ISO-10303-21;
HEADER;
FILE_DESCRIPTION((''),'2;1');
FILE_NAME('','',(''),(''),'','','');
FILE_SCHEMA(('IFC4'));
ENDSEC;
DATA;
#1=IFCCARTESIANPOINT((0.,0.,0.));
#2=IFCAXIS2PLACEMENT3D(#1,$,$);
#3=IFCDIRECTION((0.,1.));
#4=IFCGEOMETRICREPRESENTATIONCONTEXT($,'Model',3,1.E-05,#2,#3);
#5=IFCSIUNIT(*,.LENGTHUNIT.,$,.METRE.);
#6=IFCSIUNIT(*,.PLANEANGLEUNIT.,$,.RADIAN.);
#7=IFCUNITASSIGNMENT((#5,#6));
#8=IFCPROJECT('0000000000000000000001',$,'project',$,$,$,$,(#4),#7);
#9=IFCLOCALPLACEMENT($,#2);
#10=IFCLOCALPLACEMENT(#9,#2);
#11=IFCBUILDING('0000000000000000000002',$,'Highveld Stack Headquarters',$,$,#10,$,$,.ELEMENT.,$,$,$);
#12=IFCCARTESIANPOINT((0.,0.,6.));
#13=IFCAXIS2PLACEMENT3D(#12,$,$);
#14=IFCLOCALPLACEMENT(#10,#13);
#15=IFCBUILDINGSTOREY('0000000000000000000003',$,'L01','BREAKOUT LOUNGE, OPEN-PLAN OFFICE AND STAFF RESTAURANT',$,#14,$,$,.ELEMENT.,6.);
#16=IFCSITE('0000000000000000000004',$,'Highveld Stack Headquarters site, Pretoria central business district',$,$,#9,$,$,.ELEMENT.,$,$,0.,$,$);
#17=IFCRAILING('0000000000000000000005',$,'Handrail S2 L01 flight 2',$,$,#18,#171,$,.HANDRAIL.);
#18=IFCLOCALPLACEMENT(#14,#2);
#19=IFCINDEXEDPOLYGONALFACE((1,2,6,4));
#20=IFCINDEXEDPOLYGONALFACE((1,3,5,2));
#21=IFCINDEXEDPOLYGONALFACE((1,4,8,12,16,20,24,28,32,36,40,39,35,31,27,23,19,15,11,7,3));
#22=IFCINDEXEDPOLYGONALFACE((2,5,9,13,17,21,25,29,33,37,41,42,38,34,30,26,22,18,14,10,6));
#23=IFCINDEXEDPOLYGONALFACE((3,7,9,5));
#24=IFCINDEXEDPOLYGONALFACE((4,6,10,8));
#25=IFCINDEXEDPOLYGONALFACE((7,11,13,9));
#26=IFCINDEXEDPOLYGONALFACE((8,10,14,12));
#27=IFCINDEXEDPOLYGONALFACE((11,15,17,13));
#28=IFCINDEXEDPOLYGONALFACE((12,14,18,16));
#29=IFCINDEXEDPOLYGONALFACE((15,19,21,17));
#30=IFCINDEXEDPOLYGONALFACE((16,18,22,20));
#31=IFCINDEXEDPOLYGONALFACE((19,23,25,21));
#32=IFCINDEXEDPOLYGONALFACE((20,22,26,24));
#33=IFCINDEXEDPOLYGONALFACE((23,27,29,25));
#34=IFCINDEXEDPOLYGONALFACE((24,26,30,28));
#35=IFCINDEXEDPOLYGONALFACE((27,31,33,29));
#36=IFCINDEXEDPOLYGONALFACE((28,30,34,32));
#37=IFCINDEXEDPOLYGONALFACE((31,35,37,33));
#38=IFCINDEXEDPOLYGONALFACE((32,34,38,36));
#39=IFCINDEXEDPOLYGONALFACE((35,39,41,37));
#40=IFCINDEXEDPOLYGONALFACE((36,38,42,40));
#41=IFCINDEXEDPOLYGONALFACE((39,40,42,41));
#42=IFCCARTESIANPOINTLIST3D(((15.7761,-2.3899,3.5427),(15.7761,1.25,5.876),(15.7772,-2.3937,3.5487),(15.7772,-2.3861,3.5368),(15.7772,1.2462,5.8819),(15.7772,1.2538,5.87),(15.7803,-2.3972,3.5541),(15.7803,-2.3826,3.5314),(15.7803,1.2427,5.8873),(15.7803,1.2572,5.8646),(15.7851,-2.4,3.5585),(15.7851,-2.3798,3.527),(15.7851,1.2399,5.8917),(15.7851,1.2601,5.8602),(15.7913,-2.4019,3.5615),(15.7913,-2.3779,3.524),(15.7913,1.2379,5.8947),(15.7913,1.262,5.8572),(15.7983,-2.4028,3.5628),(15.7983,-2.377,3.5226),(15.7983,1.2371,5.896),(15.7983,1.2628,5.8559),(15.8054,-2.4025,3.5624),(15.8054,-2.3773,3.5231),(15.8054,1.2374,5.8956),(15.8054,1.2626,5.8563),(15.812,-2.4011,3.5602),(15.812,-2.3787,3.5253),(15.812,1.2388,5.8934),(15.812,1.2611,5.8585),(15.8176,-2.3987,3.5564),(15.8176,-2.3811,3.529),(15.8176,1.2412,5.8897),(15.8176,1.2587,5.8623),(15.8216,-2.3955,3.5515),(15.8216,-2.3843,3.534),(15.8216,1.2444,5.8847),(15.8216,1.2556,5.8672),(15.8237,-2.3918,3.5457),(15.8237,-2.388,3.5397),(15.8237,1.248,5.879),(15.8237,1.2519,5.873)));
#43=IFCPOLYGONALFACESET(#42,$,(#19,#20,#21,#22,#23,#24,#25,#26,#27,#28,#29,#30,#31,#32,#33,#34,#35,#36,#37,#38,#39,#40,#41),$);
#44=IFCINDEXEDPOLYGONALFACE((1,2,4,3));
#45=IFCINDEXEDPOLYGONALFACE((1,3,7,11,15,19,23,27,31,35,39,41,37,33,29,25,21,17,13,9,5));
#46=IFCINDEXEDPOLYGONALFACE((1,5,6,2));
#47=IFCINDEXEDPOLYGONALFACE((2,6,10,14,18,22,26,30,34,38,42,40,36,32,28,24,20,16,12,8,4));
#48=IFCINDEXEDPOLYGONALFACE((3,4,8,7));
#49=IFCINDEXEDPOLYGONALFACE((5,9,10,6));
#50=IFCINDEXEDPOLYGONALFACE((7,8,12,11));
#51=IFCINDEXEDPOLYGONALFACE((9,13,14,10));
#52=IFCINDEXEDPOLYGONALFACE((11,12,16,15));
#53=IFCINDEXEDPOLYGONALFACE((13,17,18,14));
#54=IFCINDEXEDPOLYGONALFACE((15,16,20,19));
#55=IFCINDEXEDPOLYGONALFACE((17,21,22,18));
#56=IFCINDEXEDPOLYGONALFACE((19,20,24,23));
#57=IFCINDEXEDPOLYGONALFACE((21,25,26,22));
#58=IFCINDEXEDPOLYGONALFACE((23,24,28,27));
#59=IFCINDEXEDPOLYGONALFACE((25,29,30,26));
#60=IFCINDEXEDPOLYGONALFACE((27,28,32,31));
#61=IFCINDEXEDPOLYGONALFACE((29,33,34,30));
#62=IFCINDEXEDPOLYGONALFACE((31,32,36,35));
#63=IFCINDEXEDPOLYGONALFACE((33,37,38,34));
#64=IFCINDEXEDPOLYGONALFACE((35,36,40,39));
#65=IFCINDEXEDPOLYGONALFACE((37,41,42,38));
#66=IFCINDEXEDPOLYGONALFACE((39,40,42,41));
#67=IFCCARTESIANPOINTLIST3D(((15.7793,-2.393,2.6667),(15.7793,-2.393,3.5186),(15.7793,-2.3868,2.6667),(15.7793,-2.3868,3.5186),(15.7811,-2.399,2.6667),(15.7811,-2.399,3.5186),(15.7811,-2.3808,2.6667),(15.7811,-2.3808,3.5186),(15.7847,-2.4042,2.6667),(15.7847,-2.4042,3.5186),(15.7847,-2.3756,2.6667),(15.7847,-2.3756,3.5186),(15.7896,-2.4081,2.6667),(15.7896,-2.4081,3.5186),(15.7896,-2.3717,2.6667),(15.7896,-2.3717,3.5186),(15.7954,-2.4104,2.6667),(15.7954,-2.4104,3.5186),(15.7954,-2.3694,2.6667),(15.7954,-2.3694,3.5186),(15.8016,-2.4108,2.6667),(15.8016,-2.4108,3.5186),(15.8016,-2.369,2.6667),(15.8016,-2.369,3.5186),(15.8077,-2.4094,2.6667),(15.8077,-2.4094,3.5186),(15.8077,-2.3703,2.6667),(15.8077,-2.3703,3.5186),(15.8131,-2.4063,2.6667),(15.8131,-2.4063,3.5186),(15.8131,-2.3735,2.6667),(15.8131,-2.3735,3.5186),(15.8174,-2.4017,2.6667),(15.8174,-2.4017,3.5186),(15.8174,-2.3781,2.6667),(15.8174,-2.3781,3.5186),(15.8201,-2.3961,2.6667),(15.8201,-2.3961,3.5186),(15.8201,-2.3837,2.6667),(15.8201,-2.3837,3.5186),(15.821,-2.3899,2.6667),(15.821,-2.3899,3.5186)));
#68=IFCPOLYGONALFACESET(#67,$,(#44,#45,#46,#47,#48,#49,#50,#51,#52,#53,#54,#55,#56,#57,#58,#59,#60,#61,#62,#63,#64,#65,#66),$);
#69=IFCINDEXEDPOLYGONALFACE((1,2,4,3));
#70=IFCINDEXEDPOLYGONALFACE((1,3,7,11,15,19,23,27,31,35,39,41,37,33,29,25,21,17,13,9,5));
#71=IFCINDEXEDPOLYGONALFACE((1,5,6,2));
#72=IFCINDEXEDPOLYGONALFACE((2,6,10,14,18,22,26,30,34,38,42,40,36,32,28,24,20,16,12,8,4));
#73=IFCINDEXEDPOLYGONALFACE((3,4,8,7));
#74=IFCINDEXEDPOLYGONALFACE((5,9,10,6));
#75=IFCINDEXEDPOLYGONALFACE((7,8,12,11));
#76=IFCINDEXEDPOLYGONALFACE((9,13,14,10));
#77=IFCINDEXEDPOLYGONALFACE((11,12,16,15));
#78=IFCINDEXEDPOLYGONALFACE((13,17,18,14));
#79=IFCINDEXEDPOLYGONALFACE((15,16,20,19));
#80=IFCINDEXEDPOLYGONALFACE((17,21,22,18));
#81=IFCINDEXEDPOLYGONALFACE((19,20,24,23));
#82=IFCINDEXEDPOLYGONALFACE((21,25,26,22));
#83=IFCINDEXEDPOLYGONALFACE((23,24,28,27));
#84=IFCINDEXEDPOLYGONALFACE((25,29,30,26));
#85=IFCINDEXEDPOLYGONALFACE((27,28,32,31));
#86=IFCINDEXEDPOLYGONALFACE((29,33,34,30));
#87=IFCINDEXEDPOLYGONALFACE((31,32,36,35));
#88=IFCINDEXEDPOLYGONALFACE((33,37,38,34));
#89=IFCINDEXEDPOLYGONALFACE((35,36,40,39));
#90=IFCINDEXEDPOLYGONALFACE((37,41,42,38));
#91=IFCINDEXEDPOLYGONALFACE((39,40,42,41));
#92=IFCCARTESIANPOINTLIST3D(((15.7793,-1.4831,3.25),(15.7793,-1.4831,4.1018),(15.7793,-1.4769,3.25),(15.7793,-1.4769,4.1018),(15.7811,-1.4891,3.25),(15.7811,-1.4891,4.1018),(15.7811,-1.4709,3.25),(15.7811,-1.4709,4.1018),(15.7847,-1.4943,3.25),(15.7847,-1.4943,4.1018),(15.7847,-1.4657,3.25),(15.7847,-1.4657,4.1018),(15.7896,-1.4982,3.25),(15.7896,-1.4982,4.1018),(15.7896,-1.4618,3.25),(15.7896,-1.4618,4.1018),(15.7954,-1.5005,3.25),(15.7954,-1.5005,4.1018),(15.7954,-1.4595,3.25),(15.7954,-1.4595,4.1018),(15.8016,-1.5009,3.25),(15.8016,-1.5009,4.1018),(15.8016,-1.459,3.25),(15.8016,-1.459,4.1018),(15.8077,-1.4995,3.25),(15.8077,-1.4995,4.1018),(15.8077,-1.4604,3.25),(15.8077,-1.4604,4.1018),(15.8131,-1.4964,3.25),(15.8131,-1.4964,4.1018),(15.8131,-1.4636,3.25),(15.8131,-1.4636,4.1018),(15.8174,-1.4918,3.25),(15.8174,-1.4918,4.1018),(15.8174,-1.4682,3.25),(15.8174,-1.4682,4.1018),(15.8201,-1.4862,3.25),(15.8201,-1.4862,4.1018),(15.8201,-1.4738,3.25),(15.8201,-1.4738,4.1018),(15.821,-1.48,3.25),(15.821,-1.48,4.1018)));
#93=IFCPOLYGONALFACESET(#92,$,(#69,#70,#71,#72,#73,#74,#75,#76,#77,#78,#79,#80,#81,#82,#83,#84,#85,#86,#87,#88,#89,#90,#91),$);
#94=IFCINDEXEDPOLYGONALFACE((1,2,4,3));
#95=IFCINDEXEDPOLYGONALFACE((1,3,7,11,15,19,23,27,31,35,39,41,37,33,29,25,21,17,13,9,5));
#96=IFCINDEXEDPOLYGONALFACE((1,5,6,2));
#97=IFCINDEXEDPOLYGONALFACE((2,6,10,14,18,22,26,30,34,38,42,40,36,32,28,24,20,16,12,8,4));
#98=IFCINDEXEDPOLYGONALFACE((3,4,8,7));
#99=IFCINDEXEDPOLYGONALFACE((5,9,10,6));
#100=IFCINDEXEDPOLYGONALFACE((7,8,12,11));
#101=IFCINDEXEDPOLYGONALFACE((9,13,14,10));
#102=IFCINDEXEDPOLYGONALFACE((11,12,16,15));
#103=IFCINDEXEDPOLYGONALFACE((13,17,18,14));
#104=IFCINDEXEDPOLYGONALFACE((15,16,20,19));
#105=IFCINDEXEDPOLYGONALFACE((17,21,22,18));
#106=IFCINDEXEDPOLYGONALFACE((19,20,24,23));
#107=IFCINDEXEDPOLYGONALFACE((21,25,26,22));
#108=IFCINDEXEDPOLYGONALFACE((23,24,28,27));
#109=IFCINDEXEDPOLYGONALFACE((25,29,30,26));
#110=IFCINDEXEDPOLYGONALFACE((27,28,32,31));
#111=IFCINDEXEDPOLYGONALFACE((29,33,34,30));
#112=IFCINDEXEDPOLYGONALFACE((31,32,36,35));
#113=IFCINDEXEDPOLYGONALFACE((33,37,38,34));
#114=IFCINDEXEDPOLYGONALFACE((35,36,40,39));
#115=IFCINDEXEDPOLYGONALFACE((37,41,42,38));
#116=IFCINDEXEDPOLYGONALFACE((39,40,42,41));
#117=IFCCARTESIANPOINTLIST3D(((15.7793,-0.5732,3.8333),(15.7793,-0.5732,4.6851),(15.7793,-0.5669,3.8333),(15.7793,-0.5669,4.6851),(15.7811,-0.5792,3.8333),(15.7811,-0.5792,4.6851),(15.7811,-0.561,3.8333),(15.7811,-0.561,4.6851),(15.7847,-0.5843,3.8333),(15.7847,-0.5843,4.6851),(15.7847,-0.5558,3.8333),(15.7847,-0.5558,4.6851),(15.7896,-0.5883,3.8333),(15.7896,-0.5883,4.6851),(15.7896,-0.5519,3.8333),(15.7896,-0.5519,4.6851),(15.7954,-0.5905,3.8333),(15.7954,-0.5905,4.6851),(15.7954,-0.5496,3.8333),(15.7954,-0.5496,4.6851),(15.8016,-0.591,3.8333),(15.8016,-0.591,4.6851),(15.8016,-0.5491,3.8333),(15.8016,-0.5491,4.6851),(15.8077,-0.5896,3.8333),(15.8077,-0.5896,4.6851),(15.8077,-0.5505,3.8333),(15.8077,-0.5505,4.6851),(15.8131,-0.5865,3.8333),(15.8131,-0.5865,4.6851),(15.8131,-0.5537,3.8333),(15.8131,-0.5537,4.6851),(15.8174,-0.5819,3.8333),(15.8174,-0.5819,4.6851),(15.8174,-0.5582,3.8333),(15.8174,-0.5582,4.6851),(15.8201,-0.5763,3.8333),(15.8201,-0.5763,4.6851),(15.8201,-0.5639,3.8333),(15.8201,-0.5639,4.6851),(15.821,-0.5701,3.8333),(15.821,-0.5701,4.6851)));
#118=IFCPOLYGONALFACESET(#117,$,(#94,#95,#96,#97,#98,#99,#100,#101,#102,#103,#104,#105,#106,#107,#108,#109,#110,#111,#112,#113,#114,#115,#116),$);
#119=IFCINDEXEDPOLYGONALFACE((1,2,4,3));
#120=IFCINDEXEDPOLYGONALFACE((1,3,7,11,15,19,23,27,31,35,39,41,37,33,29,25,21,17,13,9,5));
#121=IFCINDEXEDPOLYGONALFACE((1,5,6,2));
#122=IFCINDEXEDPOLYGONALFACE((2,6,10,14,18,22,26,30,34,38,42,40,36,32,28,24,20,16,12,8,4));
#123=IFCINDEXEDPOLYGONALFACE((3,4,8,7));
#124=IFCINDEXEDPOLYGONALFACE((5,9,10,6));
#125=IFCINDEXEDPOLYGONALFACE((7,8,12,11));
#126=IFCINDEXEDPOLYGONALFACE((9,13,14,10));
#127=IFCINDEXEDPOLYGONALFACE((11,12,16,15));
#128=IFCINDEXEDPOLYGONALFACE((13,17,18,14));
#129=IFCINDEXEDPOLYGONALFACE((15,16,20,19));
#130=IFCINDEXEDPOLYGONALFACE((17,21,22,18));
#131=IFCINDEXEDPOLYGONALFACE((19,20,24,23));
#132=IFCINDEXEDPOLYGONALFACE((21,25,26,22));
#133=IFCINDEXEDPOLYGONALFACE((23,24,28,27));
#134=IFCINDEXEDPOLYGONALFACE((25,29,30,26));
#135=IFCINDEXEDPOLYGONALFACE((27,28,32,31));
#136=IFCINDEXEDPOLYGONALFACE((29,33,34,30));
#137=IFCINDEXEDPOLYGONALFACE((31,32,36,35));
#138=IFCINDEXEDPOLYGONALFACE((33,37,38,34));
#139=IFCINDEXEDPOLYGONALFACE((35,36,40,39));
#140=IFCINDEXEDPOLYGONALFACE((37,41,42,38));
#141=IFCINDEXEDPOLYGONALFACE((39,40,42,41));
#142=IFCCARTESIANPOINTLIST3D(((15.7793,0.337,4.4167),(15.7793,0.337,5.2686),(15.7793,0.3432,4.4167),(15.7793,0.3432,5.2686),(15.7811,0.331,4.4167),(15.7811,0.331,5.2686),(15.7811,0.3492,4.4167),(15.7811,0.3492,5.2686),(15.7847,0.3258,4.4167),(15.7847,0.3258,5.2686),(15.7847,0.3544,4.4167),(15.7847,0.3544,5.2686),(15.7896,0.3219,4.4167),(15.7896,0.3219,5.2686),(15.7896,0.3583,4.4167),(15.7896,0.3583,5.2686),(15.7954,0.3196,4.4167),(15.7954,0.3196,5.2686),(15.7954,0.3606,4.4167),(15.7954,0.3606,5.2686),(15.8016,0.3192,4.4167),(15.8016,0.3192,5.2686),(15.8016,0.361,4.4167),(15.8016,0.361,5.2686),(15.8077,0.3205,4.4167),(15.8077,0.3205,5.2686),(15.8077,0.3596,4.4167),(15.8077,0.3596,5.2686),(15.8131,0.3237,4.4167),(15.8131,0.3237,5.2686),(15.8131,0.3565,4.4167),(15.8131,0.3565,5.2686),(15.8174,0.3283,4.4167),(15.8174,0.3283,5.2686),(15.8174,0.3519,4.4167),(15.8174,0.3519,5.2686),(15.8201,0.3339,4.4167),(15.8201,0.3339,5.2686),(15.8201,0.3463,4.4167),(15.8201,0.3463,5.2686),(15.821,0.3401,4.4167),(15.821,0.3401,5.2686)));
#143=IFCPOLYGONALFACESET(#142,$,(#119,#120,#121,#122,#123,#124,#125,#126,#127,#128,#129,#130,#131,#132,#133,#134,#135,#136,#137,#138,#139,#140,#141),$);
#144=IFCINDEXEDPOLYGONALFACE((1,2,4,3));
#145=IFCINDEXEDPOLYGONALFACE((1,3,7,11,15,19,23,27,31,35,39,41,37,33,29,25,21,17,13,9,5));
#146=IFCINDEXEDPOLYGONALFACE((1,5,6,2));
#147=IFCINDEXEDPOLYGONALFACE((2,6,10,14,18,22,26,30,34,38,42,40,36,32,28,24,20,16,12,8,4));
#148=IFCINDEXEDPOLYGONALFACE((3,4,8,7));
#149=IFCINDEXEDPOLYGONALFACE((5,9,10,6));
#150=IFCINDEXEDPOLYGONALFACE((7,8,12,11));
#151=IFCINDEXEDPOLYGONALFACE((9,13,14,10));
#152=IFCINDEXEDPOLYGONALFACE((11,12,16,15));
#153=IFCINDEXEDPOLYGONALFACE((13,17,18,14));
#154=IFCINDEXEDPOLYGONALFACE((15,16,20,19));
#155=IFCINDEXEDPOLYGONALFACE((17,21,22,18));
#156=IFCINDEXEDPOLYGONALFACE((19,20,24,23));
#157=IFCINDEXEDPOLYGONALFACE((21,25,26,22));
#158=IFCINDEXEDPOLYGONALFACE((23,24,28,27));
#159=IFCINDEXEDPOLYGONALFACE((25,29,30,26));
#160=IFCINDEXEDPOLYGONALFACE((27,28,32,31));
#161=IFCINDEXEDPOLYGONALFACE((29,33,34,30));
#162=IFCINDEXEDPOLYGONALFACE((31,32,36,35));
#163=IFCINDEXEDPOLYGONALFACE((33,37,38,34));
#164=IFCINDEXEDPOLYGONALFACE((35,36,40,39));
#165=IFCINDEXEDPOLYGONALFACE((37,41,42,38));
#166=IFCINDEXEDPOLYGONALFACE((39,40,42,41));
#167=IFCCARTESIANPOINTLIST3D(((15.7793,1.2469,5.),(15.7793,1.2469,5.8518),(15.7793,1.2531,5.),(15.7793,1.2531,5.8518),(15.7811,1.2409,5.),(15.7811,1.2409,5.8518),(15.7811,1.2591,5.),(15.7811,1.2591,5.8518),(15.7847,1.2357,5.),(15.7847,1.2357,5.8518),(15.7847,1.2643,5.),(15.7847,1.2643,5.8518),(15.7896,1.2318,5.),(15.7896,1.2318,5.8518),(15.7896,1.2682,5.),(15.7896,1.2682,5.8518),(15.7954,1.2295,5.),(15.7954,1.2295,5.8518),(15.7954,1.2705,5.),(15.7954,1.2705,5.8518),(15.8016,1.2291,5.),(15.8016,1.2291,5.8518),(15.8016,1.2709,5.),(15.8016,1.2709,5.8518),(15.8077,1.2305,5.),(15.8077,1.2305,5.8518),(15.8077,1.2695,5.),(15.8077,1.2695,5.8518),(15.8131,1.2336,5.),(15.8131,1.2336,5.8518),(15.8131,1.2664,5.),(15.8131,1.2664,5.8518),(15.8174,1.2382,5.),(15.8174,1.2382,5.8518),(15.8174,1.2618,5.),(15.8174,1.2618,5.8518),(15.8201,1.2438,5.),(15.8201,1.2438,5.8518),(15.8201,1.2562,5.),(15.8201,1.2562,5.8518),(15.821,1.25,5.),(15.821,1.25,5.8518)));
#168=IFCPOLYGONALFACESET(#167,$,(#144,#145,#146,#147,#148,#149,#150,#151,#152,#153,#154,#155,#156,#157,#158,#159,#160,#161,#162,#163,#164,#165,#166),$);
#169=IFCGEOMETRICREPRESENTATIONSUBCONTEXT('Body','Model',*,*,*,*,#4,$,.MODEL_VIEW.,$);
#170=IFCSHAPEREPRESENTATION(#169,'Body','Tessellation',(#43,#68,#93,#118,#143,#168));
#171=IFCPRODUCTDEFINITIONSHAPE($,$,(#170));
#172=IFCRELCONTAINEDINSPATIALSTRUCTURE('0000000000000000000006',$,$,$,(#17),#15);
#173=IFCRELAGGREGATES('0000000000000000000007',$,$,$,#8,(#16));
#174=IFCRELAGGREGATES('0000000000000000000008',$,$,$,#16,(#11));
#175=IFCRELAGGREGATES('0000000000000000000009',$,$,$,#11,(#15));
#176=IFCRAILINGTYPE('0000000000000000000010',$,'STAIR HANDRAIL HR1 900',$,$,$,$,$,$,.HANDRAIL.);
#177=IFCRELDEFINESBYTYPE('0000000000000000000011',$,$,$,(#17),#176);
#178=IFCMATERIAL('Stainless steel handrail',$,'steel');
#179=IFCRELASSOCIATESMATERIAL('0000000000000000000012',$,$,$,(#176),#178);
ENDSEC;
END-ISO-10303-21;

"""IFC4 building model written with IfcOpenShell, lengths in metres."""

from ifc_helpers import new_model, si_unit, direction, frame, origin, origin_2d, place, context, subcontext, project, spatial, circle, extrude, material, type_object, element, save


model = new_model("IFC4")

# Units and contexts
model_context = context("Model", 3, precision=1e-05, world=origin(), true_north=direction((0.0, 1.0)))
body_context = subcontext(model_context, "Body", "Model", "MODEL_VIEW")
ifc_project = project(units=[si_unit("LENGTHUNIT", "METRE"), si_unit("PLANEANGLEUNIT", "RADIAN")], contexts=[model_context])

# Site, building, storey
site_placement = place(None, origin())
site = spatial("IfcSite", under=ifc_project, at=site_placement, Name="Highveld Stack Headquarters site, Pretoria central business district", CompositionType="ELEMENT", RefElevation=0.0)
building_placement = place(site_placement, origin())
building = spatial("IfcBuilding", under=site, at=building_placement, Name="Highveld Stack Headquarters", CompositionType="ELEMENT")
storey_placement = place(building_placement, frame((0.0, 0.0, 6.0)))
storey = spatial("IfcBuildingStorey", under=building, at=storey_placement, Name="L01", Description="BREAKOUT LOUNGE, OPEN-PLAN OFFICE AND STAFF RESTAURANT", CompositionType="ELEMENT", Elevation=6.0)

# Railing
ifc_material_1 = material(Name="Stainless steel handrail", Category="steel")
railing_type = type_object("IfcRailingType", Name="STAIR HANDRAIL HR1 900", PredefinedType="HANDRAIL", material=ifc_material_1)
for number, where, name in (
    (1, (15.8, -2.3899, 2.6667), "Handrail S2 L01 flight 2"),
):
    element("IfcRailing", number, at=place(storey_placement, frame(where)), inside=storey, type_object=railing_type, Name=name, PredefinedType="HANDRAIL", context=body_context, shape_type="SweptSolid", body=[
        extrude(circle(Radius=0.0239, at=origin_2d()), frame((0.0, 0.0, 0.876), z_axis=(0.0, 0.84188, 0.539664), x_axis=(-1.0, 0.0, 0.0)), (0.0, 0.0, 1.0), 4.3235),
        extrude(circle(Radius=0.021, at=origin_2d()), origin(), (0.0, 0.0, 1.0), 0.8518),
        extrude(circle(Radius=0.021, at=origin_2d()), frame((0.0, 0.9099, 0.5833)), (0.0, 0.0, 1.0), 0.8518),
        extrude(circle(Radius=0.021, at=origin_2d()), frame((0.0, 1.8198, 1.1665)), (0.0, 0.0, 1.0), 0.8518),
        extrude(circle(Radius=0.021, at=origin_2d()), frame((0.0, 2.73, 1.75)), (0.0, 0.0, 1.0), 0.8518),
        extrude(circle(Radius=0.021, at=origin_2d()), frame((0.0, 3.6399, 2.3333)), (0.0, 0.0, 1.0), 0.8518),
    ])

save(model, "model.ifc")
